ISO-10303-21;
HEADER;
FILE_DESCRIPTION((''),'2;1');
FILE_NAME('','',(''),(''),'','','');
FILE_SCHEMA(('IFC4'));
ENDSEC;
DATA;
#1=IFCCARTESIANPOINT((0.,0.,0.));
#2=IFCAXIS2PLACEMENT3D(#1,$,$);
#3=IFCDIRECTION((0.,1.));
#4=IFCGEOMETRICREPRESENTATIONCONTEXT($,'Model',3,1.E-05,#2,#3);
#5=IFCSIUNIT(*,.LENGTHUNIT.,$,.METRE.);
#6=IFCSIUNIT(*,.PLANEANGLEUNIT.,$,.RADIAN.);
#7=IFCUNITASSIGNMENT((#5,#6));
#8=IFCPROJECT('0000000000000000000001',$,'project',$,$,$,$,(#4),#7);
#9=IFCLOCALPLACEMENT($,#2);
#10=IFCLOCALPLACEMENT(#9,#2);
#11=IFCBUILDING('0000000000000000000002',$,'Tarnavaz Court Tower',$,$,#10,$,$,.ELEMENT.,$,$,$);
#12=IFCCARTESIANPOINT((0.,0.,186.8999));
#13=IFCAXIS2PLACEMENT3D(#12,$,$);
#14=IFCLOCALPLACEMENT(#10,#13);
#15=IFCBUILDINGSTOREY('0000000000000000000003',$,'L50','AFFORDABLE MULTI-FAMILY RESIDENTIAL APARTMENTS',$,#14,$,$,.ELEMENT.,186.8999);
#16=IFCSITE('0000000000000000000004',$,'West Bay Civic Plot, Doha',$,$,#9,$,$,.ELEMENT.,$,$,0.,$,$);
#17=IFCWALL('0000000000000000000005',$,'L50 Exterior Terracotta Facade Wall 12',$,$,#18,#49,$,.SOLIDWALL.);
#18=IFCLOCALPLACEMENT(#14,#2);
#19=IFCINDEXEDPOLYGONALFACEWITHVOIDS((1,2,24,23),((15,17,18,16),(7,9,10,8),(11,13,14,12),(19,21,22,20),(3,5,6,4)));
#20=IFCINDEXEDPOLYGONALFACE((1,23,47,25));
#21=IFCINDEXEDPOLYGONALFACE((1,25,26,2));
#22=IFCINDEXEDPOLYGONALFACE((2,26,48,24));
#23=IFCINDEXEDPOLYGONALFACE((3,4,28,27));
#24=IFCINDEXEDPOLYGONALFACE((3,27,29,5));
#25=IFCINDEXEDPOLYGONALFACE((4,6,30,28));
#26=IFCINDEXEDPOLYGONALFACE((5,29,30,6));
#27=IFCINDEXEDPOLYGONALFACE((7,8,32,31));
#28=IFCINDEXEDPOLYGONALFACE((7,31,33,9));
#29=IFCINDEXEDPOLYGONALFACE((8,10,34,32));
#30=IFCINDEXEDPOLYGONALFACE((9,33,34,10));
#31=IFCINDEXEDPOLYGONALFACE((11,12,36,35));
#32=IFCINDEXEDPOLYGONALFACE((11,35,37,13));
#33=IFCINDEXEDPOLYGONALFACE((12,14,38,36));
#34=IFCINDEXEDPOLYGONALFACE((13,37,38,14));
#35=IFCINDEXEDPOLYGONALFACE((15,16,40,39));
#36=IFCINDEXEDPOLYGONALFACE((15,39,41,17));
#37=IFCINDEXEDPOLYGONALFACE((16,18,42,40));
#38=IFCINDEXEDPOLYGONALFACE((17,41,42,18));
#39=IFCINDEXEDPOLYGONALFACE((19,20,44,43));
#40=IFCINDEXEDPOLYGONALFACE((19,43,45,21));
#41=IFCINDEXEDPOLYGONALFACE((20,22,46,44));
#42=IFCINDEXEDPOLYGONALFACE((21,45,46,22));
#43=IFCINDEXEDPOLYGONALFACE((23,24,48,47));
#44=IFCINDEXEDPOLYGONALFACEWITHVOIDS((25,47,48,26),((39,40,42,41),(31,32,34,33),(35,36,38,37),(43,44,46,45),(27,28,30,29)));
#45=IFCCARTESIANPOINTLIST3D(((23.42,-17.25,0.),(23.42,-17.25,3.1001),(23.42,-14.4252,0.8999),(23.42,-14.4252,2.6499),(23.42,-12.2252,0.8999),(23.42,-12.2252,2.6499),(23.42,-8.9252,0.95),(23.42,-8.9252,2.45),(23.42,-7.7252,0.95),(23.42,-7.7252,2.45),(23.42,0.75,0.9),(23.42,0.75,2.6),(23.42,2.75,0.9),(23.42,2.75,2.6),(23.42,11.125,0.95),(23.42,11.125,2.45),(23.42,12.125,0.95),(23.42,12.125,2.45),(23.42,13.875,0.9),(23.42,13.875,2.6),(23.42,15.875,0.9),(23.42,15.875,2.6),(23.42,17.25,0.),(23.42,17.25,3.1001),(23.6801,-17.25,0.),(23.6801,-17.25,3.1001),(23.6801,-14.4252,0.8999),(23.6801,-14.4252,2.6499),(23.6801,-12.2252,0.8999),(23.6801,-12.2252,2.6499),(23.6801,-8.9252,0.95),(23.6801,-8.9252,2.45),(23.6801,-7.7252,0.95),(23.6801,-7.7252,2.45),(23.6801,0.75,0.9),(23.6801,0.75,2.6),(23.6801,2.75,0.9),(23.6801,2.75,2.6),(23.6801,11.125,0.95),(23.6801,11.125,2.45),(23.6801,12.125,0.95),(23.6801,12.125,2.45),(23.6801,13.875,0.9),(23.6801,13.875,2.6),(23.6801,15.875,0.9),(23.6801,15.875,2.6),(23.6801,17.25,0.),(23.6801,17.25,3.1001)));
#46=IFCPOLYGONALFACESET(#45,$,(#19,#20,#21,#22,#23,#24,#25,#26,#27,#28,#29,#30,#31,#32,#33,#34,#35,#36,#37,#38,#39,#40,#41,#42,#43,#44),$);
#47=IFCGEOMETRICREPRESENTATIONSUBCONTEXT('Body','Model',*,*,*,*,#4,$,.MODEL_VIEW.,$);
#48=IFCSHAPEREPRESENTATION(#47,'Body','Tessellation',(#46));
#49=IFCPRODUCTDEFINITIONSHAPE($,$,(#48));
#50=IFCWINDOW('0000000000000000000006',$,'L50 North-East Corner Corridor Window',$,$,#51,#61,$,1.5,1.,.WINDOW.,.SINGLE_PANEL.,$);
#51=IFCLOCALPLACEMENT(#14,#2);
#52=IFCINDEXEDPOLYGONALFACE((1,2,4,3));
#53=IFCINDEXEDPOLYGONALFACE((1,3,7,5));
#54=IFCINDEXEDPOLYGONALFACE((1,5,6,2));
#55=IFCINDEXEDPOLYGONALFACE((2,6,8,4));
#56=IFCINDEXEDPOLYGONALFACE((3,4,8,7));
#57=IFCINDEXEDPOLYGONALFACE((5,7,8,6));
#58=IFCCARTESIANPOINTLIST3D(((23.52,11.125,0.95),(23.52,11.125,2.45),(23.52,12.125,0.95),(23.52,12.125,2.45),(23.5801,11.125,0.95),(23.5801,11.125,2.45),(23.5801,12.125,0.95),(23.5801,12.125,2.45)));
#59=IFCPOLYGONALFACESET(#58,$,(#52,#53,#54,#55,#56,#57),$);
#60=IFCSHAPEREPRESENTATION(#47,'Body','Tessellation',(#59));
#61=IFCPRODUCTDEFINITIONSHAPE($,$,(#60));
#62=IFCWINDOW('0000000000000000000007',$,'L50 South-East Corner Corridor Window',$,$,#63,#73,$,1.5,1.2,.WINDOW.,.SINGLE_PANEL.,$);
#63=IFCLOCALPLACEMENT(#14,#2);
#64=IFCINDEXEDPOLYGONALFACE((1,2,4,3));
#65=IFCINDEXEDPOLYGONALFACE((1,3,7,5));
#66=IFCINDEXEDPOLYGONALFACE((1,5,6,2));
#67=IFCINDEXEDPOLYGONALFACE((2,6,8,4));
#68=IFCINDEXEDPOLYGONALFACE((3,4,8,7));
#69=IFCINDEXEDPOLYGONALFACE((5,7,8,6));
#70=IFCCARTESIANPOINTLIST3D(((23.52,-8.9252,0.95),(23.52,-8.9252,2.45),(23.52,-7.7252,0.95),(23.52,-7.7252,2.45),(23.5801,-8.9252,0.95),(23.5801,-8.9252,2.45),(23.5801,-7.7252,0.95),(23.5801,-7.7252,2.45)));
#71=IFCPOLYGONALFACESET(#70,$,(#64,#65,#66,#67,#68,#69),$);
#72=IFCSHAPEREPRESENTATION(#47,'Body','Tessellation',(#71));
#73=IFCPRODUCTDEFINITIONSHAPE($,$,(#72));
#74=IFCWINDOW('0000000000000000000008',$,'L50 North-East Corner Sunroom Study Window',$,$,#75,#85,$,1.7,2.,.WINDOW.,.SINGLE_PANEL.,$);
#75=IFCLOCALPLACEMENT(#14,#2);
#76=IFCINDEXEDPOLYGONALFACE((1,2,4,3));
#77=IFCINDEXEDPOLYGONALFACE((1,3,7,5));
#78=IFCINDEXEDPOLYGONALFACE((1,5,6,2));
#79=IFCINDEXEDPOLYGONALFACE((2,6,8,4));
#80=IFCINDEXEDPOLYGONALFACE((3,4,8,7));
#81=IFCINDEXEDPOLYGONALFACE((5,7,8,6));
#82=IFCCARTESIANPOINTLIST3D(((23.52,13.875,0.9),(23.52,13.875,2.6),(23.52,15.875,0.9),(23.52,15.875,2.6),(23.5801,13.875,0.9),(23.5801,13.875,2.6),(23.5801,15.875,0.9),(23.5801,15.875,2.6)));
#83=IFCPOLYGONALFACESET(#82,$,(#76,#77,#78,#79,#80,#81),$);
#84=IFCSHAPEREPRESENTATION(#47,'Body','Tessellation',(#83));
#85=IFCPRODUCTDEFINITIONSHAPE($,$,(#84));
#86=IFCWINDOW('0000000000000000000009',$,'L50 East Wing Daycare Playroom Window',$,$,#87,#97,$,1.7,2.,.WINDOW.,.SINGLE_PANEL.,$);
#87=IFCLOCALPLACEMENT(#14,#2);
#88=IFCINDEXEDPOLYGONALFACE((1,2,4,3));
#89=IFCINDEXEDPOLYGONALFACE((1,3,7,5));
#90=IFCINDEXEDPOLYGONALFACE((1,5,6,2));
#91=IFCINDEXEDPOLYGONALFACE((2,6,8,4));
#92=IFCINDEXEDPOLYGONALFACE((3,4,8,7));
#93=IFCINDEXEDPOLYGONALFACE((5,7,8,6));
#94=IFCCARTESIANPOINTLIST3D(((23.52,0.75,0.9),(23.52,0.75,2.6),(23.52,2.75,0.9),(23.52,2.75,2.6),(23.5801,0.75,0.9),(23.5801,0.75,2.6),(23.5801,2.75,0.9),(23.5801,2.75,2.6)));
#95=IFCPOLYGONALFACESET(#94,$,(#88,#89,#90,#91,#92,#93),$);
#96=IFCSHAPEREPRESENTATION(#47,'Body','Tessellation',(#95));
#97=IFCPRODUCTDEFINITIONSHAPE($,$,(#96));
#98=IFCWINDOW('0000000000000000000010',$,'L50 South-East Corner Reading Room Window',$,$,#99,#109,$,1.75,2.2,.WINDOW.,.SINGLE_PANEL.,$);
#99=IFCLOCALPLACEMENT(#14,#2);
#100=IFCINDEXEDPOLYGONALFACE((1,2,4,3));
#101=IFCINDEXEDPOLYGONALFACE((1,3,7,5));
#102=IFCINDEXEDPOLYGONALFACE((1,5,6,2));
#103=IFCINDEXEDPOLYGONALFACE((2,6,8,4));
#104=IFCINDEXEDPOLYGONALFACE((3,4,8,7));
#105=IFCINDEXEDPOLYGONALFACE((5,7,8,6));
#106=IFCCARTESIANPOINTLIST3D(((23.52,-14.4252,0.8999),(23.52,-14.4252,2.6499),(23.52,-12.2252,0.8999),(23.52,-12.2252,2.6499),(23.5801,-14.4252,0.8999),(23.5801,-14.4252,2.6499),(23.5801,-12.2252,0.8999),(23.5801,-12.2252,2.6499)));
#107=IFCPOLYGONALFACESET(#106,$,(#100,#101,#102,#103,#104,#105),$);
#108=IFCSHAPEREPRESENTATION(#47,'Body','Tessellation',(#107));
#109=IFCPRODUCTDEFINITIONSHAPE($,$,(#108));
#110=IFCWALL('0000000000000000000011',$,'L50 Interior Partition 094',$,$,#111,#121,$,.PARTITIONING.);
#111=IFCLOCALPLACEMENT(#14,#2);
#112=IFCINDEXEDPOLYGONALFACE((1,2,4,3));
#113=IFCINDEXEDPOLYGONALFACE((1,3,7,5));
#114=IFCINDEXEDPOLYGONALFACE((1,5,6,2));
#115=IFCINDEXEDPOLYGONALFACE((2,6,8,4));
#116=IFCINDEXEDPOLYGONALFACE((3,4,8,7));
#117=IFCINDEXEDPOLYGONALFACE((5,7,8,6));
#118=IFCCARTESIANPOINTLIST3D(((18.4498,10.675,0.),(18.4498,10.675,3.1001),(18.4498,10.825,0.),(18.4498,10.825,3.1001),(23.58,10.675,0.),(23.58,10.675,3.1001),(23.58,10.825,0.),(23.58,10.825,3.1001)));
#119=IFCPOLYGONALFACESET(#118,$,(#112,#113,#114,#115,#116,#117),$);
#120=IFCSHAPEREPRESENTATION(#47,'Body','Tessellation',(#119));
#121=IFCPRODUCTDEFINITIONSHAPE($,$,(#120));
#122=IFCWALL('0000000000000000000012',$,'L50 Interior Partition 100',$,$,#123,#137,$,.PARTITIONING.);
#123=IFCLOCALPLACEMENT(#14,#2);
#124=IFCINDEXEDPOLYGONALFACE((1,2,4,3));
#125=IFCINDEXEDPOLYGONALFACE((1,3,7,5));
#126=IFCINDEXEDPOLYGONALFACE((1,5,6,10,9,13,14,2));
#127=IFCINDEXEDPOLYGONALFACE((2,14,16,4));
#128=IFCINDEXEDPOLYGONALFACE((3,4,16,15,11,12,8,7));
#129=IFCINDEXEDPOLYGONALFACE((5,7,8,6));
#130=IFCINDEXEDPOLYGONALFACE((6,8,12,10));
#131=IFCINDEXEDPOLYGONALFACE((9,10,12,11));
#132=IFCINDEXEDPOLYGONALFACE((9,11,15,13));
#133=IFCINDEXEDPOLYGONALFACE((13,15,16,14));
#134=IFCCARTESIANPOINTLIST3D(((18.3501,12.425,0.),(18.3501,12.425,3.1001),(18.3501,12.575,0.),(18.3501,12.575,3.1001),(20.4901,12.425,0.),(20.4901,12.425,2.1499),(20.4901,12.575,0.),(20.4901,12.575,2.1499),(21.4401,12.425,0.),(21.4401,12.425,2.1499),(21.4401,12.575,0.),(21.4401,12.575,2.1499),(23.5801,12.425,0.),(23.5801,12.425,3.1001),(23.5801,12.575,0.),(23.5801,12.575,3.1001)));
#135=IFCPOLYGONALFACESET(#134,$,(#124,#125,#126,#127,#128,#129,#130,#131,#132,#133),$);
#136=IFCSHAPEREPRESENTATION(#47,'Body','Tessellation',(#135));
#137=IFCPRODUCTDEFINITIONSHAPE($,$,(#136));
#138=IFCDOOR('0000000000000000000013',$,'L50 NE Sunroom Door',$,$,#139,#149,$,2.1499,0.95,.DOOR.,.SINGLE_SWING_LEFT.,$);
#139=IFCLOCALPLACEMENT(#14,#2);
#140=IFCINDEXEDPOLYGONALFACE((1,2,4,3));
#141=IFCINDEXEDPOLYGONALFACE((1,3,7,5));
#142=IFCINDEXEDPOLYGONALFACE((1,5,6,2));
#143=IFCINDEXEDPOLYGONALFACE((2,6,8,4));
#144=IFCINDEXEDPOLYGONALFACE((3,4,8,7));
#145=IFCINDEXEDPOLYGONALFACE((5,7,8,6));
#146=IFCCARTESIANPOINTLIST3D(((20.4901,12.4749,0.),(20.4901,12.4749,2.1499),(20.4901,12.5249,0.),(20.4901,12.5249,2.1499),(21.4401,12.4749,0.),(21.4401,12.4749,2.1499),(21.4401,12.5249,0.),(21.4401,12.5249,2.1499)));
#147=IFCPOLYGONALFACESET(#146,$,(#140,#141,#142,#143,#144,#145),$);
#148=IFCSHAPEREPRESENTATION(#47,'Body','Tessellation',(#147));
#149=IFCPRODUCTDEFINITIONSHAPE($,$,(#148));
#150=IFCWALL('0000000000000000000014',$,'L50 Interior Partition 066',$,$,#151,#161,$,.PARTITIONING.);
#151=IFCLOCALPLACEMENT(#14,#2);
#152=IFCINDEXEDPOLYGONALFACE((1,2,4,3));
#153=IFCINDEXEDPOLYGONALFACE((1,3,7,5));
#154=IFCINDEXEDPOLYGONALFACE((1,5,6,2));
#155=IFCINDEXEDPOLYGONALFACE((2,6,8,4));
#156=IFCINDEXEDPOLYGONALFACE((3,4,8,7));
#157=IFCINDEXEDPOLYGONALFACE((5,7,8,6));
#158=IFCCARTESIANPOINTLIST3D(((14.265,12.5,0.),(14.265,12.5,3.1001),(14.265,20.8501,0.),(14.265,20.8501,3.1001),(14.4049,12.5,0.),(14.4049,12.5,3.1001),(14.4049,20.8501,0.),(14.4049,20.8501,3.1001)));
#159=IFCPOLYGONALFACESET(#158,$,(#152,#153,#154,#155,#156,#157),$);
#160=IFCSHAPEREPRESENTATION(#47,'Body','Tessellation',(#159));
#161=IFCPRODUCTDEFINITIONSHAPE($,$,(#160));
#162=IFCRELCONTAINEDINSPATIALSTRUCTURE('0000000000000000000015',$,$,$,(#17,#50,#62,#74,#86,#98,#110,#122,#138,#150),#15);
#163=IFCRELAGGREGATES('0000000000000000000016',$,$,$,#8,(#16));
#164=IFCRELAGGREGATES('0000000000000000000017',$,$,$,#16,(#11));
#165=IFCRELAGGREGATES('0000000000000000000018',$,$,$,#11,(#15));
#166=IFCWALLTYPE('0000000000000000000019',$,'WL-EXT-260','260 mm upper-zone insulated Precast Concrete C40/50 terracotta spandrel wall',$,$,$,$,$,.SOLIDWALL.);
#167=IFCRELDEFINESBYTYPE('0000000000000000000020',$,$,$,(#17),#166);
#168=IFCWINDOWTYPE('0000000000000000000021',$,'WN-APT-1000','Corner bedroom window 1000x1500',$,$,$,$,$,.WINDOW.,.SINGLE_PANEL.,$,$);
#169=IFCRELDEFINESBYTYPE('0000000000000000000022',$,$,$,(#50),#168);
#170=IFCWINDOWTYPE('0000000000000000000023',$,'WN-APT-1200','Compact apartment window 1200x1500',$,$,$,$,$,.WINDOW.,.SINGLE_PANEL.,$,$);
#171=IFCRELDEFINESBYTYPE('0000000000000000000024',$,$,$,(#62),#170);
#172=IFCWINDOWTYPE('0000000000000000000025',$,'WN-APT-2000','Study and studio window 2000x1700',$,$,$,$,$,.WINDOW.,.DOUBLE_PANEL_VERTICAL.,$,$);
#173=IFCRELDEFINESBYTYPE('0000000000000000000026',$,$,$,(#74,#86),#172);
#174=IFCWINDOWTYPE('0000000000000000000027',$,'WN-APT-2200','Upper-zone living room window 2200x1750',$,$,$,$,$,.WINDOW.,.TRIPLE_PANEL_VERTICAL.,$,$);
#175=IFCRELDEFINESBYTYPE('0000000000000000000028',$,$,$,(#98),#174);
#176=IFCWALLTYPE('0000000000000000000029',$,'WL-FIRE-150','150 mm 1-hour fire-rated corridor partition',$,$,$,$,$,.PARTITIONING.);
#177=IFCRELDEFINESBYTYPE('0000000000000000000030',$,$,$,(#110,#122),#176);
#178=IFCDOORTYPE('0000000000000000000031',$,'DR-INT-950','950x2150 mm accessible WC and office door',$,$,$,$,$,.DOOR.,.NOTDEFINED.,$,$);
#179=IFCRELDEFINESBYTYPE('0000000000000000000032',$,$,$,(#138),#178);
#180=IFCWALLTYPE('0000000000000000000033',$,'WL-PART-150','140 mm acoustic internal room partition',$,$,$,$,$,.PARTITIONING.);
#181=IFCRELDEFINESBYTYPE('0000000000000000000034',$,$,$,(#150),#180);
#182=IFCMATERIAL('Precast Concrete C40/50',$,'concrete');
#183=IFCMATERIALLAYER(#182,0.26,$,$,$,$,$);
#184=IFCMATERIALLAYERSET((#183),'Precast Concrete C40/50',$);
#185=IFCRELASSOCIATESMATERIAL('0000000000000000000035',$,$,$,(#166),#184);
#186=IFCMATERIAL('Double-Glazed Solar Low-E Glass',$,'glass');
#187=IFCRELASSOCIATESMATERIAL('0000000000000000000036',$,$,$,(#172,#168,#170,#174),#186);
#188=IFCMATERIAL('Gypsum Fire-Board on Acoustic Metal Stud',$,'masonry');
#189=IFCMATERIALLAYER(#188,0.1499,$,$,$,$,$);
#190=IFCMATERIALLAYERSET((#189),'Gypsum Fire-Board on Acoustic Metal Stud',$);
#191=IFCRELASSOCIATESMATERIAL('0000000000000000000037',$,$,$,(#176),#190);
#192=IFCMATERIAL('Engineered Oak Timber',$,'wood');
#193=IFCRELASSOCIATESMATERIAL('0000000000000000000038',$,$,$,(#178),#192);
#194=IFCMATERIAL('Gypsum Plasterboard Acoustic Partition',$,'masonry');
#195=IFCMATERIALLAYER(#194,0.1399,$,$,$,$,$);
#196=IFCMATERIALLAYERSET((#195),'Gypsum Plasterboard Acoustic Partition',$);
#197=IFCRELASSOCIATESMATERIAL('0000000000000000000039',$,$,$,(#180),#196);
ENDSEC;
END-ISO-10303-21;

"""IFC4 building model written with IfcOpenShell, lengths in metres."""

from ifc_helpers import new_model, si_unit, direction, frame, frame_2d, origin, place, context, subcontext, project, spatial, rectangle, extrude, material, layer, layer_set, type_object, element, fill, save


model = new_model("IFC4")

# Units and contexts
model_context = context("Model", 3, precision=1e-05, world=origin(), true_north=direction((0.0, 1.0)))
body_context = subcontext(model_context, "Body", "Model", "MODEL_VIEW")
ifc_project = project(units=[si_unit("LENGTHUNIT", "METRE"), si_unit("PLANEANGLEUNIT", "RADIAN")], contexts=[model_context])

# Site, building, storey
site_placement = place(None, origin())
site = spatial("IfcSite", under=ifc_project, at=site_placement, Name="West Bay Civic Plot, Doha", CompositionType="ELEMENT", RefElevation=0.0)
building_placement = place(site_placement, origin())
building = spatial("IfcBuilding", under=site, at=building_placement, Name="Tarnavaz Court Tower", CompositionType="ELEMENT")
storey_placement = place(building_placement, frame((0.0, 0.0, 186.8999)))
storey = spatial("IfcBuildingStorey", under=building, at=storey_placement, Name="L50", Description="AFFORDABLE MULTI-FAMILY RESIDENTIAL APARTMENTS", CompositionType="ELEMENT", Elevation=186.8999)

# Shared definitions
ifc_material_1 = material(Name="Precast Concrete C40/50", Category="concrete")
ifc_layer_1 = layer(ifc_material_1, 0.26)
ifc_layer_set_1 = layer_set([ifc_layer_1], Name="Precast Concrete C40/50")
wall_type_1 = type_object("IfcWallType", Name="WL-EXT-260", Description="260 mm upper-zone insulated Precast Concrete C40/50 terracotta spandrel wall", PredefinedType="SOLIDWALL", material=ifc_layer_set_1)
ifc_material_2 = material(Name="Double-Glazed Solar Low-E Glass", Category="glass")

# Shared definitions
window_type_1 = type_object("IfcWindowType", Name="WN-APT-2000", Description="Study and studio window 2000x1700", PartitioningType="DOUBLE_PANEL_VERTICAL", PredefinedType="WINDOW", material=ifc_material_2)

# Wall, openings, windows
wall_1_placement = place(storey_placement, frame((23.55, 17.25, 0.0), z_axis=(0.0, 0.0, 1.0), x_axis=(0.0, -1.0, 0.0)))
wall_1 = element("IfcWall", 1, at=wall_1_placement, inside=storey, type_object=wall_type_1, Name="L50 Exterior Terracotta Facade Wall 12", PredefinedType="SOLIDWALL", context=body_context, shape_type="SweptSolid", body=[
    extrude(rectangle(XDim=34.5, YDim=0.26, at=frame_2d((17.25, 0.0))), origin(), (0.0, 0.0, 1.0), 3.1001),
])
opening_1_placement = place(wall_1_placement, frame((1.375, 0.0, 0.8999)))
opening_1 = element("IfcOpeningElement", 2, at=opening_1_placement, cuts=wall_1, PredefinedType="OPENING", context=body_context, shape_type="SweptSolid", body=[
    extrude(rectangle(XDim=2.0, YDim=1.7, at=frame_2d((1.0, 0.8501))), frame((0.0, 0.1399, 0.0), z_axis=(0.0, -1.0, 0.0), x_axis=(1.0, 0.0, 0.0)), (0.0, 0.0, 1.0), 0.28),
])
opening_2_placement = place(wall_1_placement, frame((5.125, 0.0, 0.95)))
opening_2 = element("IfcOpeningElement", 3, at=opening_2_placement, cuts=wall_1, PredefinedType="OPENING", context=body_context, shape_type="SweptSolid", body=[
    extrude(rectangle(XDim=1.0, YDim=1.5, at=frame_2d((0.5, 0.75))), frame((0.0, 0.1399, 0.0), z_axis=(0.0, -1.0, 0.0), x_axis=(1.0, 0.0, 0.0)), (0.0, 0.0, 1.0), 0.28),
])
opening_3_placement = place(wall_1_placement, frame((14.5, 0.0, 0.8999)))
opening_3 = element("IfcOpeningElement", 4, at=opening_3_placement, cuts=wall_1, PredefinedType="OPENING", context=body_context, shape_type="SweptSolid", body=[
    extrude(rectangle(XDim=2.0, YDim=1.7, at=frame_2d((1.0, 0.8501))), frame((0.0, 0.1399, 0.0), z_axis=(0.0, -1.0, 0.0), x_axis=(1.0, 0.0, 0.0)), (0.0, 0.0, 1.0), 0.28),
])
opening_4_placement = place(wall_1_placement, frame((24.9751, 0.0, 0.95)))
opening_4 = element("IfcOpeningElement", 5, at=opening_4_placement, cuts=wall_1, PredefinedType="OPENING", context=body_context, shape_type="SweptSolid", body=[
    extrude(rectangle(XDim=1.2, YDim=1.5, at=frame_2d((0.6001, 0.75))), frame((0.0, 0.1399, 0.0), z_axis=(0.0, -1.0, 0.0), x_axis=(1.0, 0.0, 0.0)), (0.0, 0.0, 1.0), 0.28),
])
opening_5_placement = place(wall_1_placement, frame((29.4751, 0.0, 0.8999)))
opening_5 = element("IfcOpeningElement", 6, at=opening_5_placement, cuts=wall_1, PredefinedType="OPENING", context=body_context, shape_type="SweptSolid", body=[
    extrude(rectangle(XDim=2.2, YDim=1.75, at=frame_2d((1.1001, 0.875))), frame((0.0, 0.1399, 0.0), z_axis=(0.0, -1.0, 0.0), x_axis=(1.0, 0.0, 0.0)), (0.0, 0.0, 1.0), 0.28),
])
window_type_2 = type_object("IfcWindowType", Name="WN-APT-1000", Description="Corner bedroom window 1000x1500", PartitioningType="SINGLE_PANEL", PredefinedType="WINDOW", material=ifc_material_2)
window_1_placement = place(opening_2_placement, origin())
window_1 = element("IfcWindow", 7, at=window_1_placement, inside=storey, type_object=window_type_2, Name="L50 North-East Corner Corridor Window", OverallHeight=1.5, OverallWidth=1.0, PartitioningType="SINGLE_PANEL", PredefinedType="WINDOW", context=body_context, shape_type="SweptSolid", body=[
    extrude(rectangle(XDim=1.0, YDim=1.5, at=frame_2d((0.5, 0.75))), frame((0.0, 0.03, 0.0), z_axis=(0.0, -1.0, 0.0), x_axis=(1.0, 0.0, 0.0)), (0.0, 0.0, 1.0), 0.0601),
])
fill(opening_2, window_1)
window_type_3 = type_object("IfcWindowType", Name="WN-APT-1200", Description="Compact apartment window 1200x1500", PartitioningType="SINGLE_PANEL", PredefinedType="WINDOW", material=ifc_material_2)
window_2_placement = place(opening_4_placement, origin())
window_2 = element("IfcWindow", 8, at=window_2_placement, inside=storey, type_object=window_type_3, Name="L50 South-East Corner Corridor Window", OverallHeight=1.5, OverallWidth=1.2, PartitioningType="SINGLE_PANEL", PredefinedType="WINDOW", context=body_context, shape_type="SweptSolid", body=[
    extrude(rectangle(XDim=1.2, YDim=1.5, at=frame_2d((0.6001, 0.75))), frame((0.0, 0.03, 0.0), z_axis=(0.0, -1.0, 0.0), x_axis=(1.0, 0.0, 0.0)), (0.0, 0.0, 1.0), 0.0601),
])
fill(opening_4, window_2)
window_3_placement = place(opening_1_placement, origin())
window_3 = element("IfcWindow", 9, at=window_3_placement, inside=storey, type_object=window_type_1, Name="L50 North-East Corner Sunroom Study Window", OverallHeight=1.7, OverallWidth=2.0, PartitioningType="SINGLE_PANEL", PredefinedType="WINDOW", context=body_context, shape_type="SweptSolid", body=[
    extrude(rectangle(XDim=2.0, YDim=1.7, at=frame_2d((1.0, 0.8501))), frame((0.0, 0.03, 0.0), z_axis=(0.0, -1.0, 0.0), x_axis=(1.0, 0.0, 0.0)), (0.0, 0.0, 1.0), 0.0601),
])
fill(opening_1, window_3)
window_4_placement = place(opening_3_placement, origin())
window_4 = element("IfcWindow", 10, at=window_4_placement, inside=storey, type_object=window_type_1, Name="L50 East Wing Daycare Playroom Window", OverallHeight=1.7, OverallWidth=2.0, PartitioningType="SINGLE_PANEL", PredefinedType="WINDOW", context=body_context, shape_type="SweptSolid", body=[
    extrude(rectangle(XDim=2.0, YDim=1.7, at=frame_2d((1.0, 0.8501))), frame((0.0, 0.03, 0.0), z_axis=(0.0, -1.0, 0.0), x_axis=(1.0, 0.0, 0.0)), (0.0, 0.0, 1.0), 0.0601),
])
fill(opening_3, window_4)
window_type_4 = type_object("IfcWindowType", Name="WN-APT-2200", Description="Upper-zone living room window 2200x1750", PartitioningType="TRIPLE_PANEL_VERTICAL", PredefinedType="WINDOW", material=ifc_material_2)
window_5_placement = place(opening_5_placement, origin())
window_5 = element("IfcWindow", 11, at=window_5_placement, inside=storey, type_object=window_type_4, Name="L50 South-East Corner Reading Room Window", OverallHeight=1.75, OverallWidth=2.2, PartitioningType="SINGLE_PANEL", PredefinedType="WINDOW", context=body_context, shape_type="SweptSolid", body=[
    extrude(rectangle(XDim=2.2, YDim=1.75, at=frame_2d((1.1001, 0.875))), frame((0.0, 0.03, 0.0), z_axis=(0.0, -1.0, 0.0), x_axis=(1.0, 0.0, 0.0)), (0.0, 0.0, 1.0), 0.0601),
])
fill(opening_5, window_5)

# Wall
ifc_material_3 = material(Name="Gypsum Fire-Board on Acoustic Metal Stud", Category="masonry")
ifc_layer_2 = layer(ifc_material_3, 0.1499)
ifc_layer_set_2 = layer_set([ifc_layer_2], Name="Gypsum Fire-Board on Acoustic Metal Stud")
wall_type_2 = type_object("IfcWallType", Name="WL-FIRE-150", Description="150 mm 1-hour fire-rated corridor partition", PredefinedType="PARTITIONING", material=ifc_layer_set_2)
wall_2_placement = place(storey_placement, frame((18.45, 10.75, 0.0), z_axis=(0.0, 0.0, 1.0), x_axis=(1.0, 0.0, 0.0)))
element("IfcWall", 12, at=wall_2_placement, inside=storey, type_object=wall_type_2, Name="L50 Interior Partition 094", PredefinedType="PARTITIONING", context=body_context, shape_type="SweptSolid", body=[
    extrude(rectangle(XDim=5.1301, YDim=0.1499, at=frame_2d((2.5649, 0.0))), origin(), (0.0, 0.0, 1.0), 3.1001),
])

# Wall, opening, door
wall_3_placement = place(storey_placement, frame((18.3501, 12.5, 0.0), z_axis=(0.0, 0.0, 1.0), x_axis=(1.0, 0.0, 0.0)))
wall_3 = element("IfcWall", 13, at=wall_3_placement, inside=storey, type_object=wall_type_2, Name="L50 Interior Partition 100", PredefinedType="PARTITIONING", context=body_context, shape_type="SweptSolid", body=[
    extrude(rectangle(XDim=5.23, YDim=0.1499, at=frame_2d((2.615, 0.0))), origin(), (0.0, 0.0, 1.0), 3.1001),
])
opening_6_placement = place(wall_3_placement, frame((2.1399, 0.0, 0.0)))
opening_6 = element("IfcOpeningElement", 14, at=opening_6_placement, cuts=wall_3, PredefinedType="OPENING", context=body_context, shape_type="SweptSolid", body=[
    extrude(rectangle(XDim=0.95, YDim=2.1499, at=frame_2d((0.4751, 1.075))), frame((0.0, 0.085, 0.0), z_axis=(0.0, -1.0, 0.0), x_axis=(1.0, 0.0, 0.0)), (0.0, 0.0, 1.0), 0.1699),
])
ifc_material_4 = material(Name="Engineered Oak Timber", Category="wood")
door_type_1 = type_object("IfcDoorType", Name="DR-INT-950", Description="950x2150 mm accessible WC and office door", OperationType="NOTDEFINED", PredefinedType="DOOR", material=ifc_material_4)
door_1_placement = place(opening_6_placement, origin())
door_1 = element("IfcDoor", 15, at=door_1_placement, inside=storey, type_object=door_type_1, Name="L50 NE Sunroom Door", OperationType="SINGLE_SWING_LEFT", OverallHeight=2.1499, OverallWidth=0.95, PredefinedType="DOOR", context=body_context, shape_type="SweptSolid", body=[
    extrude(rectangle(XDim=0.95, YDim=2.1499, at=frame_2d((0.4751, 1.075))), frame((0.0, 0.0249, 0.0), z_axis=(0.0, -1.0, 0.0), x_axis=(1.0, 0.0, 0.0)), (0.0, 0.0, 1.0), 0.05),
])
fill(opening_6, door_1)

# Wall
ifc_material_5 = material(Name="Gypsum Plasterboard Acoustic Partition", Category="masonry")
ifc_layer_3 = layer(ifc_material_5, 0.1399)
ifc_layer_set_3 = layer_set([ifc_layer_3], Name="Gypsum Plasterboard Acoustic Partition")
wall_type_3 = type_object("IfcWallType", Name="WL-PART-150", Description="140 mm acoustic internal room partition", PredefinedType="PARTITIONING", material=ifc_layer_set_3)
wall_4_placement = place(storey_placement, frame((14.335, 12.5, 0.0), z_axis=(0.0, 0.0, 1.0), x_axis=(0.0, 1.0, 0.0)))
element("IfcWall", 16, at=wall_4_placement, inside=storey, type_object=wall_type_3, Name="L50 Interior Partition 066", PredefinedType="PARTITIONING", context=body_context, shape_type="SweptSolid", body=[
    extrude(rectangle(XDim=8.3501, YDim=0.1399, at=frame_2d((4.175, 0.0))), origin(), (0.0, 0.0, 1.0), 3.1001),
])

save(model, "model.ifc")
